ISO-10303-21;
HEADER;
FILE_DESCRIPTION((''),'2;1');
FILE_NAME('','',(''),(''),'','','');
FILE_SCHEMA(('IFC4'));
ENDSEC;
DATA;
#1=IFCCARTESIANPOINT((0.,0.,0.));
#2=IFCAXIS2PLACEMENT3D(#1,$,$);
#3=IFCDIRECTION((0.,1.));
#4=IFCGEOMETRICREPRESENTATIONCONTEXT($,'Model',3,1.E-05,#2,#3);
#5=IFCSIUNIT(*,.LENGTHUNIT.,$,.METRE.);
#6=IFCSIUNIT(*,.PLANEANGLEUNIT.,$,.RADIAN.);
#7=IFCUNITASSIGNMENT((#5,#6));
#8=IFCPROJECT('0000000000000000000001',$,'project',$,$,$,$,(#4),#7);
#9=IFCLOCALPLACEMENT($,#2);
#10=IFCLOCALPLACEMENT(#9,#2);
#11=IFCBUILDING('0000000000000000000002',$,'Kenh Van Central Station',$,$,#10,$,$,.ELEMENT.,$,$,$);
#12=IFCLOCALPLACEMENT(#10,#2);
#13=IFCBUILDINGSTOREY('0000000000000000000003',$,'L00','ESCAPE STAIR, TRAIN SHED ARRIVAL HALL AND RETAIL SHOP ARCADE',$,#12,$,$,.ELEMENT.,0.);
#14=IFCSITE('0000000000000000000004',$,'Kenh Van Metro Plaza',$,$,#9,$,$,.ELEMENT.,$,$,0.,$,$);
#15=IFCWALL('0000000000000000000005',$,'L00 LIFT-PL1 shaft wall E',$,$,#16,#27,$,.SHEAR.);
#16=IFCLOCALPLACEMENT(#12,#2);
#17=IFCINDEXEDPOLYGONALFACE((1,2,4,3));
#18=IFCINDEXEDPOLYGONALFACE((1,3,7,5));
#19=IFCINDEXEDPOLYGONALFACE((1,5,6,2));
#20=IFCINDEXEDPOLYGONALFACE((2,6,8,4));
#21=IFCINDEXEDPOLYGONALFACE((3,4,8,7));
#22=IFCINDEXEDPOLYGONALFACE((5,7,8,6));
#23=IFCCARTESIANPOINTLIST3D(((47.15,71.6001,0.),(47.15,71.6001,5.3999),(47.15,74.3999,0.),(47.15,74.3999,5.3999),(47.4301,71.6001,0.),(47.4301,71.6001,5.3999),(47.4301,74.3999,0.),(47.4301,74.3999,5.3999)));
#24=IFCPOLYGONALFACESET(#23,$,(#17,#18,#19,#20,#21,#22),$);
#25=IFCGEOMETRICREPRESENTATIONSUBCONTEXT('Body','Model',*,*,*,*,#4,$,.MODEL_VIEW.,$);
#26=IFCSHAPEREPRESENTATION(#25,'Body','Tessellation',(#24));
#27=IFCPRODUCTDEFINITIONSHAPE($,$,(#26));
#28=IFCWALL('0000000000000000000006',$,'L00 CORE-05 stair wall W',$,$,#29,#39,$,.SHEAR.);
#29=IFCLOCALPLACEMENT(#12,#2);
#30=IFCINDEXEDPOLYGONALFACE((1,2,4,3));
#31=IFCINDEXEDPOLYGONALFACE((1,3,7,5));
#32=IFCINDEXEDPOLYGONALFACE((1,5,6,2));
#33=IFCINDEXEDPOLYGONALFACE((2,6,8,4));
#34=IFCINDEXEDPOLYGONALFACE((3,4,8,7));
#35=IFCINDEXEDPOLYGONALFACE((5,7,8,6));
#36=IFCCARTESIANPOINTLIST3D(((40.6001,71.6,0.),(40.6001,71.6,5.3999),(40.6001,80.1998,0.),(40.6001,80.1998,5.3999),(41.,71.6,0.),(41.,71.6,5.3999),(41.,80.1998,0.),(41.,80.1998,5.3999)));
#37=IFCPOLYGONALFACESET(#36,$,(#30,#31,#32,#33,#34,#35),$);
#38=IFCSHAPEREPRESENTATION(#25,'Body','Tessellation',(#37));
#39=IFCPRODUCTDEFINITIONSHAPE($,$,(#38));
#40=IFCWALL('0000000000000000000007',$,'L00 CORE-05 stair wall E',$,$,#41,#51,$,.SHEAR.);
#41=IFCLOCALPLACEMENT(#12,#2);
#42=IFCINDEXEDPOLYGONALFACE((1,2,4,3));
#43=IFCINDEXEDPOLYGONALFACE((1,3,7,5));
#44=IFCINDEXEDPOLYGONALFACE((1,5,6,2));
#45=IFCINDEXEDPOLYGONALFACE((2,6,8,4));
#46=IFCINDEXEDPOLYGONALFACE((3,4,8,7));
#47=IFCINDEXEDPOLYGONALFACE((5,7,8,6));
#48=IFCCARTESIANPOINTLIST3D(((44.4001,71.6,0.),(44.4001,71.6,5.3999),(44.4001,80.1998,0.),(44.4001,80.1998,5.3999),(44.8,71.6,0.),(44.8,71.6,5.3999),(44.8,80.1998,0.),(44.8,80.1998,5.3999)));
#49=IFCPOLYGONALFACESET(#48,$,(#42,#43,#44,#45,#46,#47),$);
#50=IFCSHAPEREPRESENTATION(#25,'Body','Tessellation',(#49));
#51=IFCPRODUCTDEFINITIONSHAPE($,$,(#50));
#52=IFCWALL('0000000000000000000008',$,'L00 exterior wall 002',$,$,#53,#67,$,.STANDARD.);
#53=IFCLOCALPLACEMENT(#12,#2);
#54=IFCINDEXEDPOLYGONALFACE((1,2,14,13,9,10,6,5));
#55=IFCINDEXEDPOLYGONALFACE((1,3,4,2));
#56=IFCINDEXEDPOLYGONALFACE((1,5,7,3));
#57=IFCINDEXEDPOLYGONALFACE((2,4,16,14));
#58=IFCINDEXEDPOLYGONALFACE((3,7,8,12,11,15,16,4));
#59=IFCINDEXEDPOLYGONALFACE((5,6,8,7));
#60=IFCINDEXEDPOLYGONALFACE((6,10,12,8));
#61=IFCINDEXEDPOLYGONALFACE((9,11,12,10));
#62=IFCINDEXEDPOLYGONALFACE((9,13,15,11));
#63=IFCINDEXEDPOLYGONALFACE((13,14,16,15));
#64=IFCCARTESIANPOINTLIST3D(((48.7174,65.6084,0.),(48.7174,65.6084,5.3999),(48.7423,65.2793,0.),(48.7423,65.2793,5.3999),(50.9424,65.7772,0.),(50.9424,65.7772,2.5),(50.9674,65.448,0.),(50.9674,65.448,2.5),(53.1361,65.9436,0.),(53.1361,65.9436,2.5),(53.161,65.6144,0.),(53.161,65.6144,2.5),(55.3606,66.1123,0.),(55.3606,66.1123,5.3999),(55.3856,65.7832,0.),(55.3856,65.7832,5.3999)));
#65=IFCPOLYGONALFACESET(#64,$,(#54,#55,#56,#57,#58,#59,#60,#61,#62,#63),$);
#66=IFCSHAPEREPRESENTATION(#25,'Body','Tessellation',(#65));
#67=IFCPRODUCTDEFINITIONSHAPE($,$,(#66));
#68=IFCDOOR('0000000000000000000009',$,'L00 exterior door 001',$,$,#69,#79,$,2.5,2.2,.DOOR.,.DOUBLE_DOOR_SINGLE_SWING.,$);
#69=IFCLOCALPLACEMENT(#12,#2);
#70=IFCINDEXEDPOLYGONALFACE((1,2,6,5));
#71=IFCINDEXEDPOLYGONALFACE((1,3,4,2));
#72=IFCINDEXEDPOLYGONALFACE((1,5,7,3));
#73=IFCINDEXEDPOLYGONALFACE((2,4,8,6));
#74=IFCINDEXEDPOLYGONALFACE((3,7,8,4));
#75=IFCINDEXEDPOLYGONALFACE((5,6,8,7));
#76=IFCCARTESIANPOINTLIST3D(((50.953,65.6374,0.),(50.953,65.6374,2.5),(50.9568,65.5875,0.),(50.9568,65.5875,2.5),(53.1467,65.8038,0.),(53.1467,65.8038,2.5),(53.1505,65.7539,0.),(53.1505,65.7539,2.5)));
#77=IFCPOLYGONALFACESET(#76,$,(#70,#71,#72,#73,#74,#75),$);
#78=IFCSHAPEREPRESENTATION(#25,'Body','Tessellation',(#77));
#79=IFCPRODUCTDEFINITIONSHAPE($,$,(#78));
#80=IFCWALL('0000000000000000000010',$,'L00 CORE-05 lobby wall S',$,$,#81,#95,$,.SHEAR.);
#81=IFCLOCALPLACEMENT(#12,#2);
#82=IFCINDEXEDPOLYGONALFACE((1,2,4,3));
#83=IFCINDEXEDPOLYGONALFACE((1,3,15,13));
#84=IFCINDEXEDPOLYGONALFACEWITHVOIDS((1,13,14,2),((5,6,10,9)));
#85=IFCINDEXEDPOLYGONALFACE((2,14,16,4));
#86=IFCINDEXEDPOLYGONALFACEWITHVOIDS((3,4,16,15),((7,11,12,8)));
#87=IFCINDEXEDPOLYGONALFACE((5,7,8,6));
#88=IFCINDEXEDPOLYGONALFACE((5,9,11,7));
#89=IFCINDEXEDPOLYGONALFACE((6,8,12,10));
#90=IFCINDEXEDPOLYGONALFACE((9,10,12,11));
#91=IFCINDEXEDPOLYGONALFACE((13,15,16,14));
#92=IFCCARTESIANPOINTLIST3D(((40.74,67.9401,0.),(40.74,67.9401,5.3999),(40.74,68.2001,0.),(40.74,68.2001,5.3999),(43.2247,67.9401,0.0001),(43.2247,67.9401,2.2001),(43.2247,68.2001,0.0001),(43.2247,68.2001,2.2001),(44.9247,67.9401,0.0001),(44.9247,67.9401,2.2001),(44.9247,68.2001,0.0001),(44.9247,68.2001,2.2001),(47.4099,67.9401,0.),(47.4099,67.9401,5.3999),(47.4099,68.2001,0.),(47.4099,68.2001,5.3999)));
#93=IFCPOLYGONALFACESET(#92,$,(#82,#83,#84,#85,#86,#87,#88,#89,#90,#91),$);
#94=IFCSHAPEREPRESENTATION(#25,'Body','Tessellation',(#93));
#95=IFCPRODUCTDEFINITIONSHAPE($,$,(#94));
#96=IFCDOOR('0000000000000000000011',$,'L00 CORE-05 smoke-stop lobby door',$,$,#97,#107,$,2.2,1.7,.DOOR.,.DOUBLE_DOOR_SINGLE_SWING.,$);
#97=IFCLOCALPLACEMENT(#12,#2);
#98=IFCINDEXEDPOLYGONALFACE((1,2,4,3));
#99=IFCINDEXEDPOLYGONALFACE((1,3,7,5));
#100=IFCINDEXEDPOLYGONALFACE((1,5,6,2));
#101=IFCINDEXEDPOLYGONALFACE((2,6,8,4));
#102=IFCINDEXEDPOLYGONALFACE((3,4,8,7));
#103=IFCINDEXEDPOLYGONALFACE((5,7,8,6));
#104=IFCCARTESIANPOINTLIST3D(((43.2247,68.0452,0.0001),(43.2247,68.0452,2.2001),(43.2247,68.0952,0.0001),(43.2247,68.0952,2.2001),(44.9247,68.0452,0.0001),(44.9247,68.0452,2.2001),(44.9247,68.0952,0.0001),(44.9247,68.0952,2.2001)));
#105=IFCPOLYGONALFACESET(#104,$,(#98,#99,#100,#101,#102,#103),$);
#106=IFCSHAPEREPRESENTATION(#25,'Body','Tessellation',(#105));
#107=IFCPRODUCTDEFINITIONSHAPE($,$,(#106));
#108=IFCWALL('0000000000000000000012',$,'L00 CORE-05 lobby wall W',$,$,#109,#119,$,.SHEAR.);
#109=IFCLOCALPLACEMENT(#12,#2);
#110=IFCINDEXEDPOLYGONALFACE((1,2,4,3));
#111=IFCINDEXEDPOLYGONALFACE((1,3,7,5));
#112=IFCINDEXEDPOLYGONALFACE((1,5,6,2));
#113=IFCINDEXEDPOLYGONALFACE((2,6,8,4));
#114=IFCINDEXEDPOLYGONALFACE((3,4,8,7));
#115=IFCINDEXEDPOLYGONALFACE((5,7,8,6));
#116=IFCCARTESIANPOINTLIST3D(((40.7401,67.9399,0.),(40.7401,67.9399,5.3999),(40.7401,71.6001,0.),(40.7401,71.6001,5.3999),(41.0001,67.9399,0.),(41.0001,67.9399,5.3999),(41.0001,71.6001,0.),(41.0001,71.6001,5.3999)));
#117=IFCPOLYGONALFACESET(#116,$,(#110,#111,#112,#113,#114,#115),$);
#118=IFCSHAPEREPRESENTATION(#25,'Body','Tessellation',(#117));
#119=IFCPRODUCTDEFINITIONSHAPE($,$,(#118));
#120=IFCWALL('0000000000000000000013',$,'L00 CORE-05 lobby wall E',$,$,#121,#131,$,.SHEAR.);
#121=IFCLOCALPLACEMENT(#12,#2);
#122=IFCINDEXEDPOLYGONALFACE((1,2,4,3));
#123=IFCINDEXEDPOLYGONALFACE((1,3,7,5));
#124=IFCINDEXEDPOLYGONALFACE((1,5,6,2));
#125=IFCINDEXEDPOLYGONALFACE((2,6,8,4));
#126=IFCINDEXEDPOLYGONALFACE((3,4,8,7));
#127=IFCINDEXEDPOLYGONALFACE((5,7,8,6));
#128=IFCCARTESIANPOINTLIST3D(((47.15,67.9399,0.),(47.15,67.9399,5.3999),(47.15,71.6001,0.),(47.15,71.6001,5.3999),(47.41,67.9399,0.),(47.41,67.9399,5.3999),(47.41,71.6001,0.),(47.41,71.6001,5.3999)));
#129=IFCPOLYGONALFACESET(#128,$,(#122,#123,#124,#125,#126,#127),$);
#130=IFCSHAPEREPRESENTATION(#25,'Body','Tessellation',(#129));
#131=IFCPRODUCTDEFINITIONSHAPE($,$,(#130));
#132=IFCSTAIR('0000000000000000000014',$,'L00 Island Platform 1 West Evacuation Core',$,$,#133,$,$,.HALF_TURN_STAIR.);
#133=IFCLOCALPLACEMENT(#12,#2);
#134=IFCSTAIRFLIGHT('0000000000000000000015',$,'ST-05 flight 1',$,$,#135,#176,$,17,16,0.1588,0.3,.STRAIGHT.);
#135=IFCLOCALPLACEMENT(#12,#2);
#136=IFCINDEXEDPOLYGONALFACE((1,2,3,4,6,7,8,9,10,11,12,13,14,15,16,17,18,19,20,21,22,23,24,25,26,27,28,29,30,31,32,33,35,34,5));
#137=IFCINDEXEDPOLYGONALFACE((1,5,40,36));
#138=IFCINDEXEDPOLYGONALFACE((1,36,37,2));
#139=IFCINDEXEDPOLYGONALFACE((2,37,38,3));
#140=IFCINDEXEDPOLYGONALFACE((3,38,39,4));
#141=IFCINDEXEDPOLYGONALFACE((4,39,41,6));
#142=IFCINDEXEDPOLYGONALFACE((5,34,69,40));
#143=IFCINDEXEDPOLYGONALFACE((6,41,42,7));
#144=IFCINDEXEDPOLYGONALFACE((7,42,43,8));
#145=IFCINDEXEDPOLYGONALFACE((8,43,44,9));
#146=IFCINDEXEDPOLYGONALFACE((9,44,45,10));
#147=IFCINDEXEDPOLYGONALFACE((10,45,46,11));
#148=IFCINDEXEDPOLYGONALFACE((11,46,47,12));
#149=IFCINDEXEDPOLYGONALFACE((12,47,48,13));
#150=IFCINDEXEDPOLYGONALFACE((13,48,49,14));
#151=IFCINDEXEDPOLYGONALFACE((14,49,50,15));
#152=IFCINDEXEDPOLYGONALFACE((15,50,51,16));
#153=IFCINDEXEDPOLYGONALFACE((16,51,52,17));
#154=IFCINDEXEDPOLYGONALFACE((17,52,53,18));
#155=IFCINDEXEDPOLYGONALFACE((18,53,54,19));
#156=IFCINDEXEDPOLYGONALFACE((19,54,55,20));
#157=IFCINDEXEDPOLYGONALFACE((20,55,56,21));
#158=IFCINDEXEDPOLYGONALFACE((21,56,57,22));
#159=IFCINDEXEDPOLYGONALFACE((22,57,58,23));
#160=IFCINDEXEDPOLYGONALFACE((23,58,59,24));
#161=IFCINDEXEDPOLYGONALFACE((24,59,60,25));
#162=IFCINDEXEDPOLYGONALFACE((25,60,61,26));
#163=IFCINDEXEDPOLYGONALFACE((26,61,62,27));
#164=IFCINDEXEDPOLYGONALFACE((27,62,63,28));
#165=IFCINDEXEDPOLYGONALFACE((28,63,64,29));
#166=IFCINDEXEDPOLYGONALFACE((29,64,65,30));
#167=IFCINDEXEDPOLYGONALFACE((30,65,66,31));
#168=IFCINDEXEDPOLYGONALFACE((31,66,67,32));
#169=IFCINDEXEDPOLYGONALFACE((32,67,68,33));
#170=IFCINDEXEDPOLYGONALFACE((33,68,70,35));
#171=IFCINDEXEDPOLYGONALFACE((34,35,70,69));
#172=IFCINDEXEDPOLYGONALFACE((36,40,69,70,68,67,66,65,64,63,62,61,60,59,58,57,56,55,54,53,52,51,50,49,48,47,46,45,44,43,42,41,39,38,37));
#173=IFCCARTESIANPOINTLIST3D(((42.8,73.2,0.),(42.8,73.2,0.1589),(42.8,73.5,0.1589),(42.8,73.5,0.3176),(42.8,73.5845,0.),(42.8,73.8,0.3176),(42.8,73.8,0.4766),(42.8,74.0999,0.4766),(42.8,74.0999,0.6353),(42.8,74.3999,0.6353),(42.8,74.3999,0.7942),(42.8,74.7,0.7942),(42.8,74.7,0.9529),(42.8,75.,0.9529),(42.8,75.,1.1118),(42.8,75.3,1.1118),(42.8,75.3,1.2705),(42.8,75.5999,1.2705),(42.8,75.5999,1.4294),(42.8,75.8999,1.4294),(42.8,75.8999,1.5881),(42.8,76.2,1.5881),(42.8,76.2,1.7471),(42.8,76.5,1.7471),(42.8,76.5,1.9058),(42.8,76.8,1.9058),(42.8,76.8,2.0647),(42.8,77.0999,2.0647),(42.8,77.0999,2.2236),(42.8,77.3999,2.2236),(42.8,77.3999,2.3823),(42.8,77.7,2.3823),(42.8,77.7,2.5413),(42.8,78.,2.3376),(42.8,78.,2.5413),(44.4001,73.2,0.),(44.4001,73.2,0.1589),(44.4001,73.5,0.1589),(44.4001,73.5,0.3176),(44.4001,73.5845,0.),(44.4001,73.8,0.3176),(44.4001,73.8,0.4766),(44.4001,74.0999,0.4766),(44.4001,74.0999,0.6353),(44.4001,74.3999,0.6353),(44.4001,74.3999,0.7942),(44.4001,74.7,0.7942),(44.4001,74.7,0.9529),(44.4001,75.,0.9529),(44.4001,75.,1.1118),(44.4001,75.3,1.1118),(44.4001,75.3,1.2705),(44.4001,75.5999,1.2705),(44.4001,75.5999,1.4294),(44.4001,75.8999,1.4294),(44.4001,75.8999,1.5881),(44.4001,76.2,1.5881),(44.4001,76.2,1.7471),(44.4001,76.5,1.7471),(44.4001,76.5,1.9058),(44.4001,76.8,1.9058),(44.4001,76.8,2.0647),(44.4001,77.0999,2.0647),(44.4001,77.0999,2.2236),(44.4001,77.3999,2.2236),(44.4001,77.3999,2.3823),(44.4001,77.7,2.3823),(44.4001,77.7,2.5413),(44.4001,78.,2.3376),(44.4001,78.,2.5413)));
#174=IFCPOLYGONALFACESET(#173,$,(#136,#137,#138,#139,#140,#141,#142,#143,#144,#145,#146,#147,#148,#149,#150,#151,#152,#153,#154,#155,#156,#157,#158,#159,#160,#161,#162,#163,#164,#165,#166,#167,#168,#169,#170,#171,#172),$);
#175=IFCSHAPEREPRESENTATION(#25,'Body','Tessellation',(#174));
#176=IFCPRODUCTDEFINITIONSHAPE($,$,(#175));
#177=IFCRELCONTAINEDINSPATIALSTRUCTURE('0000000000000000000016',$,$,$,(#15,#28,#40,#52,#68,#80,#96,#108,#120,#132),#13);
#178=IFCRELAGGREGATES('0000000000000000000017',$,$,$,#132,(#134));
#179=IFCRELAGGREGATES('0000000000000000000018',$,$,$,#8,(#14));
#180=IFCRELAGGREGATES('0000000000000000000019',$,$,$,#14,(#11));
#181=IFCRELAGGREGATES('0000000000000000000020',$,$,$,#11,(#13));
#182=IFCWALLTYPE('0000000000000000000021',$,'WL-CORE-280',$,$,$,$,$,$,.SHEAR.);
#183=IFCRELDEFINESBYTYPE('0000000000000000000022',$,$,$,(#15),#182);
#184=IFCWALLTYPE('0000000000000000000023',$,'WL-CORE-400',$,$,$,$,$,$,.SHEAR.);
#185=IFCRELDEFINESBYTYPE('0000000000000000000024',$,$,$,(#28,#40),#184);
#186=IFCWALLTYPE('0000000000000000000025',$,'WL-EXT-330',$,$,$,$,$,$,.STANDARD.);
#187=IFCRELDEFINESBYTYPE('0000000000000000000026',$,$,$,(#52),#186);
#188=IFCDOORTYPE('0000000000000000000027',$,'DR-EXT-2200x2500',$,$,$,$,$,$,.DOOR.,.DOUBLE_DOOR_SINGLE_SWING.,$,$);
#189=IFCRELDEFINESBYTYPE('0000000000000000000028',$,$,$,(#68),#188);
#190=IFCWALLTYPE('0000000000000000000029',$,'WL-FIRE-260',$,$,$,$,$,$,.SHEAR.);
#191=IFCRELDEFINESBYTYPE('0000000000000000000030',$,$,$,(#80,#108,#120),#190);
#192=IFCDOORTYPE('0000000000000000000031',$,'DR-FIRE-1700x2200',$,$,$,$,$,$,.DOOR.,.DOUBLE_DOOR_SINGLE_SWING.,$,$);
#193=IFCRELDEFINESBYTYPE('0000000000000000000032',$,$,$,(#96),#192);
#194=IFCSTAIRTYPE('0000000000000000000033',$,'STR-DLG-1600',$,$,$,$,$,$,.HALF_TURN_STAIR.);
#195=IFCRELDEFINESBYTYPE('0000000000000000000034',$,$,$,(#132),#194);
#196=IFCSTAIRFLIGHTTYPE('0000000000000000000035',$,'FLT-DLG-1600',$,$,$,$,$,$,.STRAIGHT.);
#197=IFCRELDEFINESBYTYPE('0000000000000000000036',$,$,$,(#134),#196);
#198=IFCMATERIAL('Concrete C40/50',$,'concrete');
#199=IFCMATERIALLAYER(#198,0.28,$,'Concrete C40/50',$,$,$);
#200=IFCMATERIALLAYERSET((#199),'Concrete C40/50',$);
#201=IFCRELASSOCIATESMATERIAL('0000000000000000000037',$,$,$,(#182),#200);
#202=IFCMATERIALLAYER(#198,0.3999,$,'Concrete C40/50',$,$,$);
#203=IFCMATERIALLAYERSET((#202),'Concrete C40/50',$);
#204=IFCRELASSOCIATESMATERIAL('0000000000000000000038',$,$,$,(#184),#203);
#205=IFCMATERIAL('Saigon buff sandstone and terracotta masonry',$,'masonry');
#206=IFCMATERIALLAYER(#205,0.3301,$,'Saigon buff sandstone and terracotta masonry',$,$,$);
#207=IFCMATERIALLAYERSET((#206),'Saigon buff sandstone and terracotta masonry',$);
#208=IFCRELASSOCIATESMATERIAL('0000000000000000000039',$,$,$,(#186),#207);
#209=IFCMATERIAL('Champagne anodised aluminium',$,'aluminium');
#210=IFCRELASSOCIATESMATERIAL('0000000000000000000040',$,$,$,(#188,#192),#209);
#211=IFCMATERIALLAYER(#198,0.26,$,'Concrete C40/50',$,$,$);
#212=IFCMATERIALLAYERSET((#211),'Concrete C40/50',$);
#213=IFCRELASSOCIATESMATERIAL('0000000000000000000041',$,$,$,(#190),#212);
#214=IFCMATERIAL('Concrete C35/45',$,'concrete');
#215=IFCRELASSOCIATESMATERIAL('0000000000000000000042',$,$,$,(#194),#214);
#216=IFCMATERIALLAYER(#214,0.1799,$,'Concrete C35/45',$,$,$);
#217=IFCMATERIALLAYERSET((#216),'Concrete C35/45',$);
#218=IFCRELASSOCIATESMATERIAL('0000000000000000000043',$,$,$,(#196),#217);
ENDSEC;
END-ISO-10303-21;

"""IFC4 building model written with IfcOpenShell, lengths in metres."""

from ifc_helpers import new_model, si_unit, direction, frame, frame_2d, origin, place, context, subcontext, project, spatial, polyline, rectangle, outline, extrude, material, layer, layer_set, type_object, element, fill, aggregate, save


model = new_model("IFC4")

# Units and contexts
model_context = context("Model", 3, precision=1e-05, world=origin(), true_north=direction((0.0, 1.0)))
body_context = subcontext(model_context, "Body", "Model", "MODEL_VIEW")
ifc_project = project(units=[si_unit("LENGTHUNIT", "METRE"), si_unit("PLANEANGLEUNIT", "RADIAN")], contexts=[model_context])

# Site, building, storey
site_placement = place(None, origin())
site = spatial("IfcSite", under=ifc_project, at=site_placement, Name="Kenh Van Metro Plaza", CompositionType="ELEMENT", RefElevation=0.0)
building_placement = place(site_placement, origin())
building = spatial("IfcBuilding", under=site, at=building_placement, Name="Kenh Van Central Station", CompositionType="ELEMENT")
storey_placement = place(building_placement, origin())
storey = spatial("IfcBuildingStorey", under=building, at=storey_placement, Name="L00", Description="ESCAPE STAIR, TRAIN SHED ARRIVAL HALL AND RETAIL SHOP ARCADE", CompositionType="ELEMENT", Elevation=0.0)

# Shared definitions
ifc_material_1 = material(Name="Concrete C40/50", Category="concrete")

# Shared definitions
ifc_material_2 = material(Name="Champagne anodised aluminium", Category="aluminium")

# Shared definitions
ifc_layer_1 = layer(ifc_material_1, 0.28, Name="Concrete C40/50")
ifc_layer_set_1 = layer_set([ifc_layer_1], Name="Concrete C40/50")
wall_type_1 = type_object("IfcWallType", Name="WL-CORE-280", PredefinedType="SHEAR", material=ifc_layer_set_1)

# Walls
wall_1_placement = place(storey_placement, frame((47.29, 71.6001, 0.0), z_axis=(0.0, 0.0, 1.0), x_axis=(0.0, 1.0, 0.0)))
element("IfcWall", 1, at=wall_1_placement, inside=storey, type_object=wall_type_1, Name="L00 LIFT-PL1 shaft wall E", PredefinedType="SHEAR", context=body_context, shape_type="SweptSolid", body=[
    extrude(rectangle(XDim=2.7998, YDim=0.28, at=frame_2d((1.3999, 0.0))), origin(), (0.0, 0.0, 1.0), 5.3999),
])
ifc_layer_2 = layer(ifc_material_1, 0.3999, Name="Concrete C40/50")
ifc_layer_set_2 = layer_set([ifc_layer_2], Name="Concrete C40/50")
wall_type_2 = type_object("IfcWallType", Name="WL-CORE-400", PredefinedType="SHEAR", material=ifc_layer_set_2)
for number, where, z_axis, x_axis, name in (
    (2, (40.8, 71.6001, 0.0), (0.0, 0.0, 1.0), (0.0, 1.0, 0.0), "L00 CORE-05 stair wall W"),
    (3, (44.6001, 71.6001, 0.0), (0.0, 0.0, 1.0), (0.0, 1.0, 0.0), "L00 CORE-05 stair wall E"),
):
    element("IfcWall", number, at=place(storey_placement, frame(where, z_axis=z_axis, x_axis=x_axis)), inside=storey, type_object=wall_type_2, Name=name, PredefinedType="SHEAR", context=body_context, shape_type="SweptSolid", body=[
        extrude(rectangle(XDim=8.5999, YDim=0.3999, at=frame_2d((4.2998, 0.0))), origin(), (0.0, 0.0, 1.0), 5.3999),
    ])

# Walls, openings, doors
ifc_material_3 = material(Name="Saigon buff sandstone and terracotta masonry", Category="masonry")
ifc_layer_3 = layer(ifc_material_3, 0.3301, Name="Saigon buff sandstone and terracotta masonry")
ifc_layer_set_3 = layer_set([ifc_layer_3], Name="Saigon buff sandstone and terracotta masonry")
wall_type_3 = type_object("IfcWallType", Name="WL-EXT-330", PredefinedType="STANDARD", material=ifc_layer_set_3)
wall_2_placement = place(storey_placement, frame((48.73, 65.4438, 0.0), z_axis=(0.0, 0.0, 1.0), x_axis=(0.997136, 0.075634, 0.0)))
wall_2 = element("IfcWall", 4, at=wall_2_placement, inside=storey, type_object=wall_type_3, Name="L00 exterior wall 002", PredefinedType="STANDARD", context=body_context, shape_type="SweptSolid", body=[
    extrude(rectangle(XDim=6.6624, YDim=0.3301, at=frame_2d((3.3311, 0.0))), origin(), (0.0, 0.0, 1.0), 5.3999),
])
opening_1_placement = place(wall_2_placement, frame((2.2312, 0.0, 0.0)))
opening_1 = element("IfcOpeningElement", 5, at=opening_1_placement, cuts=wall_2, PredefinedType="OPENING", context=body_context, shape_type="SweptSolid", body=[
    extrude(rectangle(XDim=2.2, YDim=2.5, at=frame_2d((1.1001, 1.25))), frame((0.0, 0.175, 0.0), z_axis=(0.0, -1.0, 0.0), x_axis=(1.0, 0.0, 0.0)), (0.0, 0.0, 1.0), 0.3501),
])
door_type_1 = type_object("IfcDoorType", Name="DR-EXT-2200x2500", OperationType="DOUBLE_DOOR_SINGLE_SWING", PredefinedType="DOOR", material=ifc_material_2)
door_1_placement = place(opening_1_placement, origin())
door_1 = element("IfcDoor", 6, at=door_1_placement, inside=storey, type_object=door_type_1, Name="L00 exterior door 001", OperationType="DOUBLE_DOOR_SINGLE_SWING", OverallHeight=2.5, OverallWidth=2.2, PredefinedType="DOOR", context=body_context, shape_type="SweptSolid", body=[
    extrude(rectangle(XDim=2.2, YDim=2.5, at=frame_2d((1.1001, 1.25))), frame((0.0, 0.0249, 0.0), z_axis=(0.0, -1.0, 0.0), x_axis=(1.0, 0.0, 0.0)), (0.0, 0.0, 1.0), 0.05),
])
fill(opening_1, door_1)
ifc_layer_4 = layer(ifc_material_1, 0.26, Name="Concrete C40/50")
ifc_layer_set_4 = layer_set([ifc_layer_4], Name="Concrete C40/50")
wall_type_4 = type_object("IfcWallType", Name="WL-FIRE-260", PredefinedType="SHEAR", material=ifc_layer_set_4)
wall_3_placement = place(storey_placement, frame((47.4099, 68.0701, 0.0), z_axis=(0.0, 0.0, 1.0), x_axis=(-1.0, 0.0, 0.0)))
wall_3 = element("IfcWall", 7, at=wall_3_placement, inside=storey, type_object=wall_type_4, Name="L00 CORE-05 lobby wall S", PredefinedType="SHEAR", context=body_context, shape_type="SweptSolid", body=[
    extrude(rectangle(XDim=6.6699, YDim=0.26, at=frame_2d((3.335, 0.0))), origin(), (0.0, 0.0, 1.0), 5.3999),
])
opening_2_placement = place(wall_3_placement, frame((2.4851, 0.0, 0.0)))
opening_2 = element("IfcOpeningElement", 8, at=opening_2_placement, cuts=wall_3, PredefinedType="OPENING", context=body_context, shape_type="SweptSolid", body=[
    extrude(rectangle(XDim=1.7, YDim=2.2, at=frame_2d((0.8501, 1.1001))), frame((0.0, 0.1399, 0.0), z_axis=(0.0, -1.0, 0.0), x_axis=(1.0, 0.0, 0.0)), (0.0, 0.0, 1.0), 0.28),
])
door_type_2 = type_object("IfcDoorType", Name="DR-FIRE-1700x2200", OperationType="DOUBLE_DOOR_SINGLE_SWING", PredefinedType="DOOR", material=ifc_material_2)
door_2_placement = place(opening_2_placement, origin())
door_2 = element("IfcDoor", 9, at=door_2_placement, inside=storey, type_object=door_type_2, Name="L00 CORE-05 smoke-stop lobby door", OperationType="DOUBLE_DOOR_SINGLE_SWING", OverallHeight=2.2, OverallWidth=1.7, PredefinedType="DOOR", context=body_context, shape_type="SweptSolid", body=[
    extrude(rectangle(XDim=1.7, YDim=2.2, at=frame_2d((0.8501, 1.1001))), frame((0.0, 0.0249, 0.0), z_axis=(0.0, -1.0, 0.0), x_axis=(1.0, 0.0, 0.0)), (0.0, 0.0, 1.0), 0.05),
])
fill(opening_2, door_2)

# Walls
for number, where, z_axis, x_axis, name in (
    (10, (40.8701, 67.9399, 0.0), (0.0, 0.0, 1.0), (0.0, 1.0, 0.0), "L00 CORE-05 lobby wall W"),
    (11, (47.28, 67.9399, 0.0), (0.0, 0.0, 1.0), (0.0, 1.0, 0.0), "L00 CORE-05 lobby wall E"),
):
    element("IfcWall", number, at=place(storey_placement, frame(where, z_axis=z_axis, x_axis=x_axis)), inside=storey, type_object=wall_type_4, Name=name, PredefinedType="SHEAR", context=body_context, shape_type="SweptSolid", body=[
        extrude(rectangle(XDim=3.6602, YDim=0.26, at=frame_2d((1.8301, 0.0))), origin(), (0.0, 0.0, 1.0), 5.3999),
    ])

# Stair, stair flight
ifc_material_4 = material(Name="Concrete C35/45", Category="concrete")
stair_type = type_object("IfcStairType", Name="STR-DLG-1600", PredefinedType="HALF_TURN_STAIR", material=ifc_material_4)
stair_placement = place(storey_placement, origin())
stair = element("IfcStair", 12, at=stair_placement, inside=storey, type_object=stair_type, Name="L00 Island Platform 1 West Evacuation Core", PredefinedType="HALF_TURN_STAIR")
ifc_layer_5 = layer(ifc_material_4, 0.1799, Name="Concrete C35/45")
ifc_layer_set_5 = layer_set([ifc_layer_5], Name="Concrete C35/45")
stair_flight_type = type_object("IfcStairFlightType", Name="FLT-DLG-1600", PredefinedType="STRAIGHT", material=ifc_layer_set_5)
stair_flight_1_placement = place(storey_placement, frame((43.6001, 73.2, 0.0), z_axis=(0.0, 0.0, 1.0), x_axis=(0.0, 1.0, 0.0)))
stair_flight_1 = element("IfcStairFlight", 13, at=stair_flight_1_placement, type_object=stair_flight_type, Name="ST-05 flight 1", NumberOfRisers=17, NumberOfTreads=16, PredefinedType="STRAIGHT", RiserHeight=0.1588, TreadLength=0.3, context=body_context, shape_type="SweptSolid", body=[
    extrude(outline(polyline([(0.0, 0.0), (0.0, 0.1589), (0.3, 0.1589), (0.3, 0.3176), (0.6001, 0.3176), (0.6001, 0.4766), (0.8999, 0.4766), (0.8999, 0.6353), (1.2, 0.6353), (1.2, 0.7942), (1.5, 0.7942), (1.5, 0.9529), (1.8, 0.9529), (1.8, 1.1118), (2.1001, 1.1118), (2.1001, 1.2705), (2.3999, 1.2705), (2.3999, 1.4294), (2.7, 1.4294), (2.7, 1.5881), (3.0, 1.5881), (3.0, 1.7471), (3.3, 1.7471), (3.3, 1.9058), (3.6001, 1.9058), (3.6001, 2.0647), (3.8999, 2.0647), (3.8999, 2.2236), (4.2, 2.2236), (4.2, 2.3823), (4.5, 2.3823), (4.5, 2.5413), (4.8, 2.5413), (4.8, 2.7), (4.8, 2.3376), (0.3845, 0.0), (0.0, 0.0)])), frame((0.0, 0.8, 0.0), z_axis=(0.0, -1.0, 0.0), x_axis=(1.0, 0.0, 0.0)), (0.0, 0.0, 1.0), 1.6001),
])
aggregate(stair, [stair_flight_1])

save(model, "model.ifc")
